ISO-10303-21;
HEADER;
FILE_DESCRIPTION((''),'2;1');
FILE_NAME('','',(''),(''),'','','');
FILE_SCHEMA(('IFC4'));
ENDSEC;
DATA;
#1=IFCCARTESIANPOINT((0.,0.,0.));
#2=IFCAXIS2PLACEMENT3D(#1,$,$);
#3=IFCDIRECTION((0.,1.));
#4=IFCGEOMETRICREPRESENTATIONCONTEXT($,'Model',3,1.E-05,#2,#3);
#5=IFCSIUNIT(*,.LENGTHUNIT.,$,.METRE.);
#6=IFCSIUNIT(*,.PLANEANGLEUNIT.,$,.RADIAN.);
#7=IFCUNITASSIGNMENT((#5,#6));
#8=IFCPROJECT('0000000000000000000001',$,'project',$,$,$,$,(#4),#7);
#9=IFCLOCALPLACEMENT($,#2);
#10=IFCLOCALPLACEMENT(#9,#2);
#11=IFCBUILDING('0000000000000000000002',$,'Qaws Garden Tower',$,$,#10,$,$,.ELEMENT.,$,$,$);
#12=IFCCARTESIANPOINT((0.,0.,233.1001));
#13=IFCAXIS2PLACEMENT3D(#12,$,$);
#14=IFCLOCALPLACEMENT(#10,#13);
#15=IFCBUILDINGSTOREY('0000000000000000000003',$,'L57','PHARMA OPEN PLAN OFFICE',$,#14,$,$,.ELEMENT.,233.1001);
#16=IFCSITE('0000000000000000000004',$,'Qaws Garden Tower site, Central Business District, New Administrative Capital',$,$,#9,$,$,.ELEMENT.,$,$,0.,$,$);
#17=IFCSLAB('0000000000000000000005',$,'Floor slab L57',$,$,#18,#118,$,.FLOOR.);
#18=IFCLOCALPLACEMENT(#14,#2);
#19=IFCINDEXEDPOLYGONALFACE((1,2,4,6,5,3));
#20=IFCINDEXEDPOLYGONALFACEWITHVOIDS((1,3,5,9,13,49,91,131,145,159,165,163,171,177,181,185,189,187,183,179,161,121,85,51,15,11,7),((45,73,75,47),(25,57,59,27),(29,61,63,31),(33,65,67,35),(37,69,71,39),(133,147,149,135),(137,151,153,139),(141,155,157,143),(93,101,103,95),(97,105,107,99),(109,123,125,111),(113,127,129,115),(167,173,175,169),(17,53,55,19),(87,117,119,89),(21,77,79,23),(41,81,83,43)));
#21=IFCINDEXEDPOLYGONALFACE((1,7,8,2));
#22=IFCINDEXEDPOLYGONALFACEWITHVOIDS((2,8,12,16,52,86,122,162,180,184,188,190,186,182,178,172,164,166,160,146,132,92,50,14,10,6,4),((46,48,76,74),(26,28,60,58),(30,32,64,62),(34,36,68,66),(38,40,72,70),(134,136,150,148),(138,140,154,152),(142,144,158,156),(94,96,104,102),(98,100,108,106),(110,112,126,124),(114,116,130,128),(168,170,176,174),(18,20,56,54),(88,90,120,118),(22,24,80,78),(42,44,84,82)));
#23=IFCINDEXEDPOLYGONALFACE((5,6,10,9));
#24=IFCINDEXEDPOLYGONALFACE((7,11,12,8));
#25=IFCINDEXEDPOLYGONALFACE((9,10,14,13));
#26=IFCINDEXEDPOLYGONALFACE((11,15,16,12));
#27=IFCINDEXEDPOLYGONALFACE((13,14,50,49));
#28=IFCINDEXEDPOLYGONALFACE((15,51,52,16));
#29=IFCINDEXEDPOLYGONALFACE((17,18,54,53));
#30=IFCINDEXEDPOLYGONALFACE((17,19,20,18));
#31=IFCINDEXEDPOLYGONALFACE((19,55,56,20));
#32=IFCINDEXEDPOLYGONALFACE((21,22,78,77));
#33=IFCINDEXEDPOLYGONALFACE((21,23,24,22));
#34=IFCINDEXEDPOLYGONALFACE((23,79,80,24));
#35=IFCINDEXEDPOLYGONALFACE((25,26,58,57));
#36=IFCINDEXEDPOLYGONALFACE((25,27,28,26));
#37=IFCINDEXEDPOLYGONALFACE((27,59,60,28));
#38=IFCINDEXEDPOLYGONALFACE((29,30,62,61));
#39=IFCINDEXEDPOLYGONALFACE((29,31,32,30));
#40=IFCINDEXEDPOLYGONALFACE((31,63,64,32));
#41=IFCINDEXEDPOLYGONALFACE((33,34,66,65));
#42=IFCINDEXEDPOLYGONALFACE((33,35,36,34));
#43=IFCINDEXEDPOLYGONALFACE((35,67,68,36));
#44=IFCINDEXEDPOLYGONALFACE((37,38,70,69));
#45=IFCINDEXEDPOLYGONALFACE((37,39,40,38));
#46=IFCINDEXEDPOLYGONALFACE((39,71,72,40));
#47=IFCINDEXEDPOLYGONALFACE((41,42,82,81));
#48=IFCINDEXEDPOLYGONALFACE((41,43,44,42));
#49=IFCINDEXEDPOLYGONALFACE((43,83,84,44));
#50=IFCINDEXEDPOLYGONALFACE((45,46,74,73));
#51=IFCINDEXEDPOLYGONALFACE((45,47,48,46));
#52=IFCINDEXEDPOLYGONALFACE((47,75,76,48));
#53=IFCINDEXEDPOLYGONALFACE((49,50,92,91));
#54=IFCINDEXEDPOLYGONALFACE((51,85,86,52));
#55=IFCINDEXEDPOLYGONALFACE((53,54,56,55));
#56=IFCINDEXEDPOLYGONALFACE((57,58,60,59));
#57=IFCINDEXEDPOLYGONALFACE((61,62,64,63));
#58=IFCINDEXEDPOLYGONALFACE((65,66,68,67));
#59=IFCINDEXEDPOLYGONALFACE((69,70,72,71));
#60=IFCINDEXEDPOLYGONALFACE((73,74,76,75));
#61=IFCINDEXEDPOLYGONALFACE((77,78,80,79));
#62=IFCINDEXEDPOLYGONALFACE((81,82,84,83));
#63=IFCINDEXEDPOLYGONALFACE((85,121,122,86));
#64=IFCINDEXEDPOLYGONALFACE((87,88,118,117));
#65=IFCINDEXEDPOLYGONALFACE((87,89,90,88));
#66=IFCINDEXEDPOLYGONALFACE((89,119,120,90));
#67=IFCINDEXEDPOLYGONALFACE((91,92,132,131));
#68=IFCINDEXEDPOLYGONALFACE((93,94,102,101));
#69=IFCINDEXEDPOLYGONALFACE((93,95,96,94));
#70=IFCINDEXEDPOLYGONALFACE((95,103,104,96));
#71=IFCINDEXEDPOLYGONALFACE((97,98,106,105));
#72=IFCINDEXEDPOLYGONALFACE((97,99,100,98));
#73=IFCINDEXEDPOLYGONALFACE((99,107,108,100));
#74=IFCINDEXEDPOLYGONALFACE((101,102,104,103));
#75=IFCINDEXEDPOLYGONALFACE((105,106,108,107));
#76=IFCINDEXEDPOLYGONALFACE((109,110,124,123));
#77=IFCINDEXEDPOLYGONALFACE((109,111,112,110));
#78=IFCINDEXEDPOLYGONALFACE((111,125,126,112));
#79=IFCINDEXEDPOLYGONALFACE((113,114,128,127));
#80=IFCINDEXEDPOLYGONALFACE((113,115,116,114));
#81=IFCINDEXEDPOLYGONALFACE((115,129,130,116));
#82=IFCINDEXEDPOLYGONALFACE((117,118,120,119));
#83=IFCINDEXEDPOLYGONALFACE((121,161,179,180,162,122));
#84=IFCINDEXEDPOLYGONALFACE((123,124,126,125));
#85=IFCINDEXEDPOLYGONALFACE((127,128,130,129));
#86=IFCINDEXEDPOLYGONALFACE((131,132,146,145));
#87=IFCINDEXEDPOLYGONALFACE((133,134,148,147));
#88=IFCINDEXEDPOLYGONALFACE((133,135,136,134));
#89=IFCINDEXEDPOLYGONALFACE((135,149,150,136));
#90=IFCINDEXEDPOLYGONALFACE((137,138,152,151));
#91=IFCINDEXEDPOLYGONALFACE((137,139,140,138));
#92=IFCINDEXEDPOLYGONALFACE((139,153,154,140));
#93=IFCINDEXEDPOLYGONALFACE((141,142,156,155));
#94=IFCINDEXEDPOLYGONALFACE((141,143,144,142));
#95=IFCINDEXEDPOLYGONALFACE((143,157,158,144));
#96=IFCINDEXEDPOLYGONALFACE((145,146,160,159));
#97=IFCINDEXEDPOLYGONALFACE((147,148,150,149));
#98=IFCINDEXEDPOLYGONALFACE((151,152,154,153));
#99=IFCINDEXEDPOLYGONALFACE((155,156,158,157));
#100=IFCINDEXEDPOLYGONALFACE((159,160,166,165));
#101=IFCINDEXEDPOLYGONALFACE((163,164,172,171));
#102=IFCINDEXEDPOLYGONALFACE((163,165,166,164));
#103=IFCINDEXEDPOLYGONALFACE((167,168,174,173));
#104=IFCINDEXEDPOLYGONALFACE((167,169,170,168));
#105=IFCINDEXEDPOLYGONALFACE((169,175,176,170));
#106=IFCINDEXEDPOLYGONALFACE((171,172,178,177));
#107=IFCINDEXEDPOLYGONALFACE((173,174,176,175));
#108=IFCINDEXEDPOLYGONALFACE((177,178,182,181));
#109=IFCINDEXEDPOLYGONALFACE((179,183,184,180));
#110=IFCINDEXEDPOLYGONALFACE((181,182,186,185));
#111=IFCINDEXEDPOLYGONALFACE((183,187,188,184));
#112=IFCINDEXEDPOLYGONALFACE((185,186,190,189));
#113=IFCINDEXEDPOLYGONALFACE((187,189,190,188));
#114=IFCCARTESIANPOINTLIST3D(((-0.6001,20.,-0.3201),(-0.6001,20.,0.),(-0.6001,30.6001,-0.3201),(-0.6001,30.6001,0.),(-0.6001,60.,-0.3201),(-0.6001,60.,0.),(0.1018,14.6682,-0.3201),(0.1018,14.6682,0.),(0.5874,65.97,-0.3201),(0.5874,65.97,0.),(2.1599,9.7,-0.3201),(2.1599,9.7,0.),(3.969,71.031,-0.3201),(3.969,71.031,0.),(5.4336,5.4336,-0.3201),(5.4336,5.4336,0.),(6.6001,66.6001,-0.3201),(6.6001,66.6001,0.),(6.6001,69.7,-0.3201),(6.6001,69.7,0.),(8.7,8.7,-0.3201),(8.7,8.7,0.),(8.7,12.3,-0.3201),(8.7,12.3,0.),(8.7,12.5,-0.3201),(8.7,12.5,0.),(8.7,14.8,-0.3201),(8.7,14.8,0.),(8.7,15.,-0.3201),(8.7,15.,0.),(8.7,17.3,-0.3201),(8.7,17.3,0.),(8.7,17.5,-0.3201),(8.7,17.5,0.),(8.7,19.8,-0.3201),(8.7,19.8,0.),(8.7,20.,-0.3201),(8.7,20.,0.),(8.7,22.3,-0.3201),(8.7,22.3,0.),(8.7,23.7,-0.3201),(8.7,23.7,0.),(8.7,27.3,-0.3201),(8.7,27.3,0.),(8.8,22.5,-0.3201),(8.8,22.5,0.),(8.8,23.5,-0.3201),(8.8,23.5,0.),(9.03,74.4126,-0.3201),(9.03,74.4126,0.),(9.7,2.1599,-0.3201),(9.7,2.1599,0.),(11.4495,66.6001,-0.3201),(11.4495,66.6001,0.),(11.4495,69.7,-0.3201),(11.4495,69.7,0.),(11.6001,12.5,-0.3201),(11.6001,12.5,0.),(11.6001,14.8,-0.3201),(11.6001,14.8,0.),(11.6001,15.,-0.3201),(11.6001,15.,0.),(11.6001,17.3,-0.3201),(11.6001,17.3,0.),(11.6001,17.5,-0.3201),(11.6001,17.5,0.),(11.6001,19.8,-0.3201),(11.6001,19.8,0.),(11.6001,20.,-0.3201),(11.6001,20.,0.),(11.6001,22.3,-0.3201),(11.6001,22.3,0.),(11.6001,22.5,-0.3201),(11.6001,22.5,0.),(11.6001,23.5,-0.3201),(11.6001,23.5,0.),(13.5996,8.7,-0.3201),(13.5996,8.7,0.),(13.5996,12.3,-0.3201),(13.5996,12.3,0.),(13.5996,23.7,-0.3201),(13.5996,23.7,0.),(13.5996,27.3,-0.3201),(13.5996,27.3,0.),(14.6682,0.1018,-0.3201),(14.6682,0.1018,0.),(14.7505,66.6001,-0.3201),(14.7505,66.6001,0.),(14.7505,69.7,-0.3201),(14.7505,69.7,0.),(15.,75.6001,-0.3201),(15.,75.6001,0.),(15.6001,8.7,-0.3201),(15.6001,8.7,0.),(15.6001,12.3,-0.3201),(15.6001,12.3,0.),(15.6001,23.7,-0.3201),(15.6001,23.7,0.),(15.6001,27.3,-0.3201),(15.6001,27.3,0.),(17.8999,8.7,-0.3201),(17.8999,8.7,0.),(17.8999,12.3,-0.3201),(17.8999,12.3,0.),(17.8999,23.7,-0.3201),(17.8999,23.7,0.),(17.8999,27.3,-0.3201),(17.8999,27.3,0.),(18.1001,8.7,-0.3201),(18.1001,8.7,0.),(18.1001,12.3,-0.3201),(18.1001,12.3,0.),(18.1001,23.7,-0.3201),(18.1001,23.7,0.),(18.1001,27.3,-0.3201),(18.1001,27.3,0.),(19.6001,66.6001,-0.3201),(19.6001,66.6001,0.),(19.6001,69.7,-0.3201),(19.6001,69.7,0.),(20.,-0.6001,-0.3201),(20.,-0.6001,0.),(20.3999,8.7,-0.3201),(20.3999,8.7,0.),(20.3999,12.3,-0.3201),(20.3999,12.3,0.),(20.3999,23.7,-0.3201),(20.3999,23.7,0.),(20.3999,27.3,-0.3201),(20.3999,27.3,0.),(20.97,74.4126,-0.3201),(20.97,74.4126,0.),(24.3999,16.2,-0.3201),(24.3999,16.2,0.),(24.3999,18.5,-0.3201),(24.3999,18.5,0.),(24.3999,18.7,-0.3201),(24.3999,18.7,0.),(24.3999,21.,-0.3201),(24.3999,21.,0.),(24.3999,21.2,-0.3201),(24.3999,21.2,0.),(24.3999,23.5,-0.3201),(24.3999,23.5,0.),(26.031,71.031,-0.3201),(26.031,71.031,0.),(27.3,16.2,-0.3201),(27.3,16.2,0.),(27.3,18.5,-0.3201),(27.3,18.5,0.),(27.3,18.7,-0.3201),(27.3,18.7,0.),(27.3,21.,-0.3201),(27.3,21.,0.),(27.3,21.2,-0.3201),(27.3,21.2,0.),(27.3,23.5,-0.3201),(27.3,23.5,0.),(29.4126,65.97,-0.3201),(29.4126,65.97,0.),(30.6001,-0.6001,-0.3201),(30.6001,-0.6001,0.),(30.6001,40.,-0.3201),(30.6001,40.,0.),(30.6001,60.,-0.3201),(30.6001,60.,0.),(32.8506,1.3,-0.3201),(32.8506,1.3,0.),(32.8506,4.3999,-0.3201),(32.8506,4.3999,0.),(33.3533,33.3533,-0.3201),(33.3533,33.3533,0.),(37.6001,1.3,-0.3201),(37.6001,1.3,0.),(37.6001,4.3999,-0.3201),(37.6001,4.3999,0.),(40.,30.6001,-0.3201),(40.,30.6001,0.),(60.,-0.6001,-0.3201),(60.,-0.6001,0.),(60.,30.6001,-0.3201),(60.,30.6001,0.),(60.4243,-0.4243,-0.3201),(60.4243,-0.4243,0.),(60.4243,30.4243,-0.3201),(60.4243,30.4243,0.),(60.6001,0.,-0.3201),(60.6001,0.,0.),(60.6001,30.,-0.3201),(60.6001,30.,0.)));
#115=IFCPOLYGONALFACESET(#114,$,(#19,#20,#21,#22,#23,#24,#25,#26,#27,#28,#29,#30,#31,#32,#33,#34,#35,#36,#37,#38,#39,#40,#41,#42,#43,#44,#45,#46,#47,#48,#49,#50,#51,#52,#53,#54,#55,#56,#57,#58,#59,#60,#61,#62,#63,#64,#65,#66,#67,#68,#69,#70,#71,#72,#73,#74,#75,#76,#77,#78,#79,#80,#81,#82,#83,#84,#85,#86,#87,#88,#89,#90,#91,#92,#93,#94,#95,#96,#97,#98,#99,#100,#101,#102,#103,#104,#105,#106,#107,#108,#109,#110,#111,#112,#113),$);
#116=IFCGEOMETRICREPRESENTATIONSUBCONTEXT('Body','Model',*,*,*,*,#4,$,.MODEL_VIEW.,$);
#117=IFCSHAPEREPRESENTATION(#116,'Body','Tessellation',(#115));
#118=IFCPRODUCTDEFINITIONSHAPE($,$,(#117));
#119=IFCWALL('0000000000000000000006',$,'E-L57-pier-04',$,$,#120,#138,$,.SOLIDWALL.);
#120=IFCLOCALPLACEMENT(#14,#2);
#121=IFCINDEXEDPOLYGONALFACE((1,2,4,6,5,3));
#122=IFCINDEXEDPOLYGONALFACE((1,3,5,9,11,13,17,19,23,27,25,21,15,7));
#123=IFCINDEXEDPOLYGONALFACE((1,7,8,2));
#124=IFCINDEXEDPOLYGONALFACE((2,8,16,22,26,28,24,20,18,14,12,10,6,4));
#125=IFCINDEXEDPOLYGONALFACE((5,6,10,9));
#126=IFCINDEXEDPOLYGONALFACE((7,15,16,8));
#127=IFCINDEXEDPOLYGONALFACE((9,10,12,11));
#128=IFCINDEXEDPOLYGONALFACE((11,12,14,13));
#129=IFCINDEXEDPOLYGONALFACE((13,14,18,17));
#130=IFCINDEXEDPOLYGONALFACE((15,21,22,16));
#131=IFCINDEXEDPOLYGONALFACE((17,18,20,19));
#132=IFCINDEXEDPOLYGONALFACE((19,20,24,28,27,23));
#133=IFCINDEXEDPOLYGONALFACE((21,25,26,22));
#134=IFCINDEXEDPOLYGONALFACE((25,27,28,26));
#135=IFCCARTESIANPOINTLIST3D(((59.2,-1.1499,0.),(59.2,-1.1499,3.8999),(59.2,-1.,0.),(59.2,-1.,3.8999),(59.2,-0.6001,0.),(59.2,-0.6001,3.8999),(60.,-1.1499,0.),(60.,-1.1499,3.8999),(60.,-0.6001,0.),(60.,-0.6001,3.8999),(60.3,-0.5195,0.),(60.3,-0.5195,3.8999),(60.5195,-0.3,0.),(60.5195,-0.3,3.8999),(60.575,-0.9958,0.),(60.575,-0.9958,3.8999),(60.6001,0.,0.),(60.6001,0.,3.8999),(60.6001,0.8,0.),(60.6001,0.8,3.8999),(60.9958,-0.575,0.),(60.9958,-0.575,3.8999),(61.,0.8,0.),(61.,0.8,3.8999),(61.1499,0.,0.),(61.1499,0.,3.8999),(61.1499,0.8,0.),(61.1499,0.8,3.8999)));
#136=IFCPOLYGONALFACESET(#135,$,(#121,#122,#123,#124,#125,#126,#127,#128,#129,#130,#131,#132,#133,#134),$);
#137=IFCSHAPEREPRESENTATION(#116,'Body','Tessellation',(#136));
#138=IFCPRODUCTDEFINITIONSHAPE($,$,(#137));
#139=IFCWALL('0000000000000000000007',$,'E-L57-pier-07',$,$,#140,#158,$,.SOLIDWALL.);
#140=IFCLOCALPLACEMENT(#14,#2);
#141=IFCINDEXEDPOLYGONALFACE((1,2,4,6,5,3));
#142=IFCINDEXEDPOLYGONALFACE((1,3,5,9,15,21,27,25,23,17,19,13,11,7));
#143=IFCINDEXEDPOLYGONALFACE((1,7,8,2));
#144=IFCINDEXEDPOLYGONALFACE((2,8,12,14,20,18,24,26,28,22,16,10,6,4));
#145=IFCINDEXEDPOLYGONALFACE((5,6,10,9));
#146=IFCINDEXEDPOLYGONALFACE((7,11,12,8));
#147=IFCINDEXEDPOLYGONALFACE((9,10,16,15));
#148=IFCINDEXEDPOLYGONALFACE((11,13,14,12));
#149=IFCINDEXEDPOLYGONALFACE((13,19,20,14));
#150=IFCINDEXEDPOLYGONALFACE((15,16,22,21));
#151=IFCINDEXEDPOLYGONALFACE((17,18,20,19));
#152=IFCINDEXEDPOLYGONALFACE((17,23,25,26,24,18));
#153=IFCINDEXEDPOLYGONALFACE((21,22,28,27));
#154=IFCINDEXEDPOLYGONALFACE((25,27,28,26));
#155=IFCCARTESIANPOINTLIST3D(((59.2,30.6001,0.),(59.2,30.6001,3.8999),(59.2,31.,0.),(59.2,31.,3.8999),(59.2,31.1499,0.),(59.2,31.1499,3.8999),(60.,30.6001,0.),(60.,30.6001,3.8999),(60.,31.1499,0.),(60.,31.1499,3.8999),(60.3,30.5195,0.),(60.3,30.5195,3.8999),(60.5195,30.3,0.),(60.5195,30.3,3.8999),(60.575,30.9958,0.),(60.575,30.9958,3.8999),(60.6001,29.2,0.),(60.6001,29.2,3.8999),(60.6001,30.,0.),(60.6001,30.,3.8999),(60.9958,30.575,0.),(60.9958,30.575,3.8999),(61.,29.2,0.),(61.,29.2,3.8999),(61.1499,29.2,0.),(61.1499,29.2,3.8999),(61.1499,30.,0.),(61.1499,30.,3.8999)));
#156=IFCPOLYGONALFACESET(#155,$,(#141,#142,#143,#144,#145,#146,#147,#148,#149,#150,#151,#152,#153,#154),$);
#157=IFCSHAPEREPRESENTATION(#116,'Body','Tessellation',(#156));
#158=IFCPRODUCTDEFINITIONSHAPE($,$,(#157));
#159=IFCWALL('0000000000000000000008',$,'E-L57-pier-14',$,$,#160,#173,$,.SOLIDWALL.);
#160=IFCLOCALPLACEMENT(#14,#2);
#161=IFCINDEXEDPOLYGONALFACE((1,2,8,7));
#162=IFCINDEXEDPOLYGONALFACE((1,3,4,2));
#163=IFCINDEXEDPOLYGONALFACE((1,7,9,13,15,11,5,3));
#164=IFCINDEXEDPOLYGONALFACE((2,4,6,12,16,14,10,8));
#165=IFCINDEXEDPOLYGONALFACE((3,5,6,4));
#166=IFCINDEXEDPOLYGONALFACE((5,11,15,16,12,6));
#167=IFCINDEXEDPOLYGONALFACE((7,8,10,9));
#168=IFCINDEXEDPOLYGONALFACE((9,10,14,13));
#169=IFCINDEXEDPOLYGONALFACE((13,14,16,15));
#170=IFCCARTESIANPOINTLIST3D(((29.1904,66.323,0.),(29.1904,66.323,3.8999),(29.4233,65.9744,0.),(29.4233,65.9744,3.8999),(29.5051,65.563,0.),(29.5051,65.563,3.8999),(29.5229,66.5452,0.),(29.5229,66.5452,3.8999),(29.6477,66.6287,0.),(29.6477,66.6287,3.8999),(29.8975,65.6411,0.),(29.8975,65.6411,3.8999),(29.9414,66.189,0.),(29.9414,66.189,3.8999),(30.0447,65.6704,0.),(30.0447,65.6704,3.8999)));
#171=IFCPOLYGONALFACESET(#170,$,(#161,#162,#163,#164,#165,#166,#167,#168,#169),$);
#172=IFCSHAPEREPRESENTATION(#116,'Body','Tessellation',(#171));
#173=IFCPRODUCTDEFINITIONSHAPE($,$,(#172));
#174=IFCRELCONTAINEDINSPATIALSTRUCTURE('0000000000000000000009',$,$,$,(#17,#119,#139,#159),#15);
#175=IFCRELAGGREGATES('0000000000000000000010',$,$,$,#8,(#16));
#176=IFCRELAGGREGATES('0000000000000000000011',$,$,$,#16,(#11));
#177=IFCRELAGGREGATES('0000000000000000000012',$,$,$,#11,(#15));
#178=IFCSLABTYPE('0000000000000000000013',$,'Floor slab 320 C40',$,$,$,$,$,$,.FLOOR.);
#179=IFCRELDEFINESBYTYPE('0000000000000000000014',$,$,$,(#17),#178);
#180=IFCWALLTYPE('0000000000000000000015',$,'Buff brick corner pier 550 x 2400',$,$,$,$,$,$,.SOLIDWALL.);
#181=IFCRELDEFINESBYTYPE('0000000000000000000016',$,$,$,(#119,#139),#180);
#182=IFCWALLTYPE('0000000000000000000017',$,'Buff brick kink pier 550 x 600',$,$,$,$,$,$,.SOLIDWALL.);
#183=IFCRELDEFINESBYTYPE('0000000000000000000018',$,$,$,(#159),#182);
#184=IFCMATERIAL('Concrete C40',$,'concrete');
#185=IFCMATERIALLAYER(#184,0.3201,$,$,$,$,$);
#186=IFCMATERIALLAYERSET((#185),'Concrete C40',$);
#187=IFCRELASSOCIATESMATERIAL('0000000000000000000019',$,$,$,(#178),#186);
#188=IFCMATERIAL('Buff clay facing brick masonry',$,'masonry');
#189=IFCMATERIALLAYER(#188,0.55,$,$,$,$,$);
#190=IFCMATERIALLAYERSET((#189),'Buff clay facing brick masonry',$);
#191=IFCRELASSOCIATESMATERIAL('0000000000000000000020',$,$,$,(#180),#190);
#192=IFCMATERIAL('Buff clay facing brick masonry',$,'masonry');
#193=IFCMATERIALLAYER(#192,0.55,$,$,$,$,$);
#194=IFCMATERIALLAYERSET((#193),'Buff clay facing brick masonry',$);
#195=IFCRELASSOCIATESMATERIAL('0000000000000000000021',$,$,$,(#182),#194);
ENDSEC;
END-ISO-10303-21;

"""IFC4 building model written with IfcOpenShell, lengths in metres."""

from ifc_helpers import new_model, si_unit, direction, frame, origin, place, context, subcontext, project, spatial, polyline, outline, extrude, material, layer, layer_set, type_object, element, save


model = new_model("IFC4")

# Units and contexts
model_context = context("Model", 3, precision=1e-05, world=origin(), true_north=direction((0.0, 1.0)))
body_context = subcontext(model_context, "Body", "Model", "MODEL_VIEW")
ifc_project = project(units=[si_unit("LENGTHUNIT", "METRE"), si_unit("PLANEANGLEUNIT", "RADIAN")], contexts=[model_context])

# Site, building, storey
site_placement = place(None, origin())
site = spatial("IfcSite", under=ifc_project, at=site_placement, Name="Qaws Garden Tower site, Central Business District, New Administrative Capital", CompositionType="ELEMENT", RefElevation=0.0)
building_placement = place(site_placement, origin())
building = spatial("IfcBuilding", under=site, at=building_placement, Name="Qaws Garden Tower", CompositionType="ELEMENT")
storey_placement = place(building_placement, frame((0.0, 0.0, 233.1001)))
storey = spatial("IfcBuildingStorey", under=building, at=storey_placement, Name="L57", Description="PHARMA OPEN PLAN OFFICE", CompositionType="ELEMENT", Elevation=233.1001)

# Slab
ifc_material_1 = material(Name="Concrete C40", Category="concrete")
ifc_layer_1 = layer(ifc_material_1, 0.3201)
ifc_layer_set_1 = layer_set([ifc_layer_1], Name="Concrete C40")
slab_type = type_object("IfcSlabType", Name="Floor slab 320 C40", PredefinedType="FLOOR", material=ifc_layer_set_1)
slab_placement = place(storey_placement, frame((0.0, 0.0, -0.3201)))
element("IfcSlab", 1, at=slab_placement, inside=storey, type_object=slab_type, Name="Floor slab L57", PredefinedType="FLOOR", context=body_context, shape_type="SweptSolid", body=[
    extrude(outline(polyline([(0.1018, 14.6682), (-0.6001, 20.0), (-0.6001, 30.6001), (-0.6001, 60.0), (-0.6001, 60.0), (0.5874, 65.97), (3.969, 71.031), (9.03, 74.4126), (15.0, 75.6001), (20.97, 74.4126), (26.031, 71.031), (29.4126, 65.97), (30.6001, 60.0), (30.6001, 40.0), (33.3533, 33.3533), (40.0, 30.6001), (60.0, 30.6001), (60.4243, 30.4243), (60.6001, 30.0), (60.6001, 0.0), (60.4243, -0.4243), (60.0, -0.6001), (30.6001, -0.6001), (20.0, -0.6001), (14.6682, 0.1018), (9.7, 2.1599), (5.4336, 5.4336), (2.1599, 9.7), (0.1018, 14.6682)]), holes=[polyline([(13.5996, 12.3), (8.7, 12.3), (8.7, 8.7), (13.5996, 8.7), (13.5996, 12.3)]), polyline([(17.8999, 12.3), (15.6001, 12.3), (15.6001, 8.7), (17.8999, 8.7), (17.8999, 12.3)]), polyline([(11.6001, 14.8), (8.7, 14.8), (8.7, 12.5), (11.6001, 12.5), (11.6001, 14.8)]), polyline([(11.6001, 17.3), (8.7, 17.3), (8.7, 15.0), (11.6001, 15.0), (11.6001, 17.3)]), polyline([(11.6001, 19.8), (8.7, 19.8), (8.7, 17.5), (11.6001, 17.5), (11.6001, 19.8)]), polyline([(11.6001, 22.3), (8.7, 22.3), (8.7, 20.0), (11.6001, 20.0), (11.6001, 22.3)]), polyline([(11.6001, 23.5), (8.8, 23.5), (8.8, 22.5), (11.6001, 22.5), (11.6001, 23.5)]), polyline([(13.5996, 27.3), (8.7, 27.3), (8.7, 23.7), (13.5996, 23.7), (13.5996, 27.3)]), polyline([(11.4495, 69.7), (6.6001, 69.7), (6.6001, 66.6001), (11.4495, 66.6001), (11.4495, 69.7)]), polyline([(37.6001, 4.3999), (32.8506, 4.3999), (32.8506, 1.3), (37.6001, 1.3), (37.6001, 4.3999)]), polyline([(20.3999, 12.3), (18.1001, 12.3), (18.1001, 8.7), (20.3999, 8.7), (20.3999, 12.3)]), polyline([(27.3, 18.5), (24.3999, 18.5), (24.3999, 16.2), (27.3, 16.2), (27.3, 18.5)]), polyline([(27.3, 21.0), (24.3999, 21.0), (24.3999, 18.7), (27.3, 18.7), (27.3, 21.0)]), polyline([(27.3, 23.5), (24.3999, 23.5), (24.3999, 21.2), (27.3, 21.2), (27.3, 23.5)]), polyline([(17.8999, 27.3), (15.6001, 27.3), (15.6001, 23.7), (17.8999, 23.7), (17.8999, 27.3)]), polyline([(20.3999, 23.7), (20.3999, 27.3), (18.1001, 27.3), (18.1001, 23.7), (20.3999, 23.7)]), polyline([(19.6001, 66.6001), (19.6001, 69.7), (14.7505, 69.7), (14.7505, 66.6001), (19.6001, 66.6001)])]), origin(), (0.0, 0.0, 1.0), 0.3201),
])

# Walls
ifc_material_2 = material(Name="Buff clay facing brick masonry", Category="masonry")
ifc_layer_2 = layer(ifc_material_2, 0.55)
ifc_layer_set_2 = layer_set([ifc_layer_2], Name="Buff clay facing brick masonry")
wall_type_1 = type_object("IfcWallType", Name="Buff brick corner pier 550 x 2400", PredefinedType="SOLIDWALL", material=ifc_layer_set_2)
placement = place(storey_placement, origin())
element("IfcWall", 2, at=placement, inside=storey, type_object=wall_type_1, Name="E-L57-pier-04", PredefinedType="SOLIDWALL", context=body_context, shape_type="SweptSolid", body=[
    extrude(outline(polyline([(59.2, -1.0), (59.2, -1.1499), (60.0, -1.1499), (60.575, -0.9958), (60.9958, -0.575), (61.1499, 0.0), (61.1499, 0.8), (61.0, 0.8), (60.6001, 0.8), (60.6001, 0.0), (60.5195, -0.3), (60.3, -0.5195), (60.0, -0.6001), (59.2, -0.6001), (59.2, -1.0)])), origin(), (0.0, 0.0, 1.0), 3.8999),
])
element("IfcWall", 3, at=placement, inside=storey, type_object=wall_type_1, Name="E-L57-pier-07", PredefinedType="SOLIDWALL", context=body_context, shape_type="SweptSolid", body=[
    extrude(outline(polyline([(61.0, 29.2), (61.1499, 29.2), (61.1499, 30.0), (60.9958, 30.575), (60.575, 30.9958), (60.0, 31.1499), (59.2, 31.1499), (59.2, 31.0), (59.2, 30.6001), (60.0, 30.6001), (60.3, 30.5195), (60.5195, 30.3), (60.6001, 30.0), (60.6001, 29.2), (61.0, 29.2)])), origin(), (0.0, 0.0, 1.0), 3.8999),
])
ifc_material_3 = material(Name="Buff clay facing brick masonry", Category="masonry")
ifc_layer_3 = layer(ifc_material_3, 0.55)
ifc_layer_set_3 = layer_set([ifc_layer_3], Name="Buff clay facing brick masonry")
wall_type_2 = type_object("IfcWallType", Name="Buff brick kink pier 550 x 600", PredefinedType="SOLIDWALL", material=ifc_layer_set_3)
element("IfcWall", 4, at=placement, inside=storey, type_object=wall_type_2, Name="E-L57-pier-14", PredefinedType="SOLIDWALL", context=body_context, shape_type="SweptSolid", body=[
    extrude(outline(polyline([(29.8975, 65.6411), (30.0447, 65.6704), (29.9414, 66.189), (29.6477, 66.6287), (29.5229, 66.5452), (29.1904, 66.323), (29.4233, 65.9744), (29.5051, 65.563), (29.8975, 65.6411)])), origin(), (0.0, 0.0, 1.0), 3.8999),
])

save(model, "model.ifc")
